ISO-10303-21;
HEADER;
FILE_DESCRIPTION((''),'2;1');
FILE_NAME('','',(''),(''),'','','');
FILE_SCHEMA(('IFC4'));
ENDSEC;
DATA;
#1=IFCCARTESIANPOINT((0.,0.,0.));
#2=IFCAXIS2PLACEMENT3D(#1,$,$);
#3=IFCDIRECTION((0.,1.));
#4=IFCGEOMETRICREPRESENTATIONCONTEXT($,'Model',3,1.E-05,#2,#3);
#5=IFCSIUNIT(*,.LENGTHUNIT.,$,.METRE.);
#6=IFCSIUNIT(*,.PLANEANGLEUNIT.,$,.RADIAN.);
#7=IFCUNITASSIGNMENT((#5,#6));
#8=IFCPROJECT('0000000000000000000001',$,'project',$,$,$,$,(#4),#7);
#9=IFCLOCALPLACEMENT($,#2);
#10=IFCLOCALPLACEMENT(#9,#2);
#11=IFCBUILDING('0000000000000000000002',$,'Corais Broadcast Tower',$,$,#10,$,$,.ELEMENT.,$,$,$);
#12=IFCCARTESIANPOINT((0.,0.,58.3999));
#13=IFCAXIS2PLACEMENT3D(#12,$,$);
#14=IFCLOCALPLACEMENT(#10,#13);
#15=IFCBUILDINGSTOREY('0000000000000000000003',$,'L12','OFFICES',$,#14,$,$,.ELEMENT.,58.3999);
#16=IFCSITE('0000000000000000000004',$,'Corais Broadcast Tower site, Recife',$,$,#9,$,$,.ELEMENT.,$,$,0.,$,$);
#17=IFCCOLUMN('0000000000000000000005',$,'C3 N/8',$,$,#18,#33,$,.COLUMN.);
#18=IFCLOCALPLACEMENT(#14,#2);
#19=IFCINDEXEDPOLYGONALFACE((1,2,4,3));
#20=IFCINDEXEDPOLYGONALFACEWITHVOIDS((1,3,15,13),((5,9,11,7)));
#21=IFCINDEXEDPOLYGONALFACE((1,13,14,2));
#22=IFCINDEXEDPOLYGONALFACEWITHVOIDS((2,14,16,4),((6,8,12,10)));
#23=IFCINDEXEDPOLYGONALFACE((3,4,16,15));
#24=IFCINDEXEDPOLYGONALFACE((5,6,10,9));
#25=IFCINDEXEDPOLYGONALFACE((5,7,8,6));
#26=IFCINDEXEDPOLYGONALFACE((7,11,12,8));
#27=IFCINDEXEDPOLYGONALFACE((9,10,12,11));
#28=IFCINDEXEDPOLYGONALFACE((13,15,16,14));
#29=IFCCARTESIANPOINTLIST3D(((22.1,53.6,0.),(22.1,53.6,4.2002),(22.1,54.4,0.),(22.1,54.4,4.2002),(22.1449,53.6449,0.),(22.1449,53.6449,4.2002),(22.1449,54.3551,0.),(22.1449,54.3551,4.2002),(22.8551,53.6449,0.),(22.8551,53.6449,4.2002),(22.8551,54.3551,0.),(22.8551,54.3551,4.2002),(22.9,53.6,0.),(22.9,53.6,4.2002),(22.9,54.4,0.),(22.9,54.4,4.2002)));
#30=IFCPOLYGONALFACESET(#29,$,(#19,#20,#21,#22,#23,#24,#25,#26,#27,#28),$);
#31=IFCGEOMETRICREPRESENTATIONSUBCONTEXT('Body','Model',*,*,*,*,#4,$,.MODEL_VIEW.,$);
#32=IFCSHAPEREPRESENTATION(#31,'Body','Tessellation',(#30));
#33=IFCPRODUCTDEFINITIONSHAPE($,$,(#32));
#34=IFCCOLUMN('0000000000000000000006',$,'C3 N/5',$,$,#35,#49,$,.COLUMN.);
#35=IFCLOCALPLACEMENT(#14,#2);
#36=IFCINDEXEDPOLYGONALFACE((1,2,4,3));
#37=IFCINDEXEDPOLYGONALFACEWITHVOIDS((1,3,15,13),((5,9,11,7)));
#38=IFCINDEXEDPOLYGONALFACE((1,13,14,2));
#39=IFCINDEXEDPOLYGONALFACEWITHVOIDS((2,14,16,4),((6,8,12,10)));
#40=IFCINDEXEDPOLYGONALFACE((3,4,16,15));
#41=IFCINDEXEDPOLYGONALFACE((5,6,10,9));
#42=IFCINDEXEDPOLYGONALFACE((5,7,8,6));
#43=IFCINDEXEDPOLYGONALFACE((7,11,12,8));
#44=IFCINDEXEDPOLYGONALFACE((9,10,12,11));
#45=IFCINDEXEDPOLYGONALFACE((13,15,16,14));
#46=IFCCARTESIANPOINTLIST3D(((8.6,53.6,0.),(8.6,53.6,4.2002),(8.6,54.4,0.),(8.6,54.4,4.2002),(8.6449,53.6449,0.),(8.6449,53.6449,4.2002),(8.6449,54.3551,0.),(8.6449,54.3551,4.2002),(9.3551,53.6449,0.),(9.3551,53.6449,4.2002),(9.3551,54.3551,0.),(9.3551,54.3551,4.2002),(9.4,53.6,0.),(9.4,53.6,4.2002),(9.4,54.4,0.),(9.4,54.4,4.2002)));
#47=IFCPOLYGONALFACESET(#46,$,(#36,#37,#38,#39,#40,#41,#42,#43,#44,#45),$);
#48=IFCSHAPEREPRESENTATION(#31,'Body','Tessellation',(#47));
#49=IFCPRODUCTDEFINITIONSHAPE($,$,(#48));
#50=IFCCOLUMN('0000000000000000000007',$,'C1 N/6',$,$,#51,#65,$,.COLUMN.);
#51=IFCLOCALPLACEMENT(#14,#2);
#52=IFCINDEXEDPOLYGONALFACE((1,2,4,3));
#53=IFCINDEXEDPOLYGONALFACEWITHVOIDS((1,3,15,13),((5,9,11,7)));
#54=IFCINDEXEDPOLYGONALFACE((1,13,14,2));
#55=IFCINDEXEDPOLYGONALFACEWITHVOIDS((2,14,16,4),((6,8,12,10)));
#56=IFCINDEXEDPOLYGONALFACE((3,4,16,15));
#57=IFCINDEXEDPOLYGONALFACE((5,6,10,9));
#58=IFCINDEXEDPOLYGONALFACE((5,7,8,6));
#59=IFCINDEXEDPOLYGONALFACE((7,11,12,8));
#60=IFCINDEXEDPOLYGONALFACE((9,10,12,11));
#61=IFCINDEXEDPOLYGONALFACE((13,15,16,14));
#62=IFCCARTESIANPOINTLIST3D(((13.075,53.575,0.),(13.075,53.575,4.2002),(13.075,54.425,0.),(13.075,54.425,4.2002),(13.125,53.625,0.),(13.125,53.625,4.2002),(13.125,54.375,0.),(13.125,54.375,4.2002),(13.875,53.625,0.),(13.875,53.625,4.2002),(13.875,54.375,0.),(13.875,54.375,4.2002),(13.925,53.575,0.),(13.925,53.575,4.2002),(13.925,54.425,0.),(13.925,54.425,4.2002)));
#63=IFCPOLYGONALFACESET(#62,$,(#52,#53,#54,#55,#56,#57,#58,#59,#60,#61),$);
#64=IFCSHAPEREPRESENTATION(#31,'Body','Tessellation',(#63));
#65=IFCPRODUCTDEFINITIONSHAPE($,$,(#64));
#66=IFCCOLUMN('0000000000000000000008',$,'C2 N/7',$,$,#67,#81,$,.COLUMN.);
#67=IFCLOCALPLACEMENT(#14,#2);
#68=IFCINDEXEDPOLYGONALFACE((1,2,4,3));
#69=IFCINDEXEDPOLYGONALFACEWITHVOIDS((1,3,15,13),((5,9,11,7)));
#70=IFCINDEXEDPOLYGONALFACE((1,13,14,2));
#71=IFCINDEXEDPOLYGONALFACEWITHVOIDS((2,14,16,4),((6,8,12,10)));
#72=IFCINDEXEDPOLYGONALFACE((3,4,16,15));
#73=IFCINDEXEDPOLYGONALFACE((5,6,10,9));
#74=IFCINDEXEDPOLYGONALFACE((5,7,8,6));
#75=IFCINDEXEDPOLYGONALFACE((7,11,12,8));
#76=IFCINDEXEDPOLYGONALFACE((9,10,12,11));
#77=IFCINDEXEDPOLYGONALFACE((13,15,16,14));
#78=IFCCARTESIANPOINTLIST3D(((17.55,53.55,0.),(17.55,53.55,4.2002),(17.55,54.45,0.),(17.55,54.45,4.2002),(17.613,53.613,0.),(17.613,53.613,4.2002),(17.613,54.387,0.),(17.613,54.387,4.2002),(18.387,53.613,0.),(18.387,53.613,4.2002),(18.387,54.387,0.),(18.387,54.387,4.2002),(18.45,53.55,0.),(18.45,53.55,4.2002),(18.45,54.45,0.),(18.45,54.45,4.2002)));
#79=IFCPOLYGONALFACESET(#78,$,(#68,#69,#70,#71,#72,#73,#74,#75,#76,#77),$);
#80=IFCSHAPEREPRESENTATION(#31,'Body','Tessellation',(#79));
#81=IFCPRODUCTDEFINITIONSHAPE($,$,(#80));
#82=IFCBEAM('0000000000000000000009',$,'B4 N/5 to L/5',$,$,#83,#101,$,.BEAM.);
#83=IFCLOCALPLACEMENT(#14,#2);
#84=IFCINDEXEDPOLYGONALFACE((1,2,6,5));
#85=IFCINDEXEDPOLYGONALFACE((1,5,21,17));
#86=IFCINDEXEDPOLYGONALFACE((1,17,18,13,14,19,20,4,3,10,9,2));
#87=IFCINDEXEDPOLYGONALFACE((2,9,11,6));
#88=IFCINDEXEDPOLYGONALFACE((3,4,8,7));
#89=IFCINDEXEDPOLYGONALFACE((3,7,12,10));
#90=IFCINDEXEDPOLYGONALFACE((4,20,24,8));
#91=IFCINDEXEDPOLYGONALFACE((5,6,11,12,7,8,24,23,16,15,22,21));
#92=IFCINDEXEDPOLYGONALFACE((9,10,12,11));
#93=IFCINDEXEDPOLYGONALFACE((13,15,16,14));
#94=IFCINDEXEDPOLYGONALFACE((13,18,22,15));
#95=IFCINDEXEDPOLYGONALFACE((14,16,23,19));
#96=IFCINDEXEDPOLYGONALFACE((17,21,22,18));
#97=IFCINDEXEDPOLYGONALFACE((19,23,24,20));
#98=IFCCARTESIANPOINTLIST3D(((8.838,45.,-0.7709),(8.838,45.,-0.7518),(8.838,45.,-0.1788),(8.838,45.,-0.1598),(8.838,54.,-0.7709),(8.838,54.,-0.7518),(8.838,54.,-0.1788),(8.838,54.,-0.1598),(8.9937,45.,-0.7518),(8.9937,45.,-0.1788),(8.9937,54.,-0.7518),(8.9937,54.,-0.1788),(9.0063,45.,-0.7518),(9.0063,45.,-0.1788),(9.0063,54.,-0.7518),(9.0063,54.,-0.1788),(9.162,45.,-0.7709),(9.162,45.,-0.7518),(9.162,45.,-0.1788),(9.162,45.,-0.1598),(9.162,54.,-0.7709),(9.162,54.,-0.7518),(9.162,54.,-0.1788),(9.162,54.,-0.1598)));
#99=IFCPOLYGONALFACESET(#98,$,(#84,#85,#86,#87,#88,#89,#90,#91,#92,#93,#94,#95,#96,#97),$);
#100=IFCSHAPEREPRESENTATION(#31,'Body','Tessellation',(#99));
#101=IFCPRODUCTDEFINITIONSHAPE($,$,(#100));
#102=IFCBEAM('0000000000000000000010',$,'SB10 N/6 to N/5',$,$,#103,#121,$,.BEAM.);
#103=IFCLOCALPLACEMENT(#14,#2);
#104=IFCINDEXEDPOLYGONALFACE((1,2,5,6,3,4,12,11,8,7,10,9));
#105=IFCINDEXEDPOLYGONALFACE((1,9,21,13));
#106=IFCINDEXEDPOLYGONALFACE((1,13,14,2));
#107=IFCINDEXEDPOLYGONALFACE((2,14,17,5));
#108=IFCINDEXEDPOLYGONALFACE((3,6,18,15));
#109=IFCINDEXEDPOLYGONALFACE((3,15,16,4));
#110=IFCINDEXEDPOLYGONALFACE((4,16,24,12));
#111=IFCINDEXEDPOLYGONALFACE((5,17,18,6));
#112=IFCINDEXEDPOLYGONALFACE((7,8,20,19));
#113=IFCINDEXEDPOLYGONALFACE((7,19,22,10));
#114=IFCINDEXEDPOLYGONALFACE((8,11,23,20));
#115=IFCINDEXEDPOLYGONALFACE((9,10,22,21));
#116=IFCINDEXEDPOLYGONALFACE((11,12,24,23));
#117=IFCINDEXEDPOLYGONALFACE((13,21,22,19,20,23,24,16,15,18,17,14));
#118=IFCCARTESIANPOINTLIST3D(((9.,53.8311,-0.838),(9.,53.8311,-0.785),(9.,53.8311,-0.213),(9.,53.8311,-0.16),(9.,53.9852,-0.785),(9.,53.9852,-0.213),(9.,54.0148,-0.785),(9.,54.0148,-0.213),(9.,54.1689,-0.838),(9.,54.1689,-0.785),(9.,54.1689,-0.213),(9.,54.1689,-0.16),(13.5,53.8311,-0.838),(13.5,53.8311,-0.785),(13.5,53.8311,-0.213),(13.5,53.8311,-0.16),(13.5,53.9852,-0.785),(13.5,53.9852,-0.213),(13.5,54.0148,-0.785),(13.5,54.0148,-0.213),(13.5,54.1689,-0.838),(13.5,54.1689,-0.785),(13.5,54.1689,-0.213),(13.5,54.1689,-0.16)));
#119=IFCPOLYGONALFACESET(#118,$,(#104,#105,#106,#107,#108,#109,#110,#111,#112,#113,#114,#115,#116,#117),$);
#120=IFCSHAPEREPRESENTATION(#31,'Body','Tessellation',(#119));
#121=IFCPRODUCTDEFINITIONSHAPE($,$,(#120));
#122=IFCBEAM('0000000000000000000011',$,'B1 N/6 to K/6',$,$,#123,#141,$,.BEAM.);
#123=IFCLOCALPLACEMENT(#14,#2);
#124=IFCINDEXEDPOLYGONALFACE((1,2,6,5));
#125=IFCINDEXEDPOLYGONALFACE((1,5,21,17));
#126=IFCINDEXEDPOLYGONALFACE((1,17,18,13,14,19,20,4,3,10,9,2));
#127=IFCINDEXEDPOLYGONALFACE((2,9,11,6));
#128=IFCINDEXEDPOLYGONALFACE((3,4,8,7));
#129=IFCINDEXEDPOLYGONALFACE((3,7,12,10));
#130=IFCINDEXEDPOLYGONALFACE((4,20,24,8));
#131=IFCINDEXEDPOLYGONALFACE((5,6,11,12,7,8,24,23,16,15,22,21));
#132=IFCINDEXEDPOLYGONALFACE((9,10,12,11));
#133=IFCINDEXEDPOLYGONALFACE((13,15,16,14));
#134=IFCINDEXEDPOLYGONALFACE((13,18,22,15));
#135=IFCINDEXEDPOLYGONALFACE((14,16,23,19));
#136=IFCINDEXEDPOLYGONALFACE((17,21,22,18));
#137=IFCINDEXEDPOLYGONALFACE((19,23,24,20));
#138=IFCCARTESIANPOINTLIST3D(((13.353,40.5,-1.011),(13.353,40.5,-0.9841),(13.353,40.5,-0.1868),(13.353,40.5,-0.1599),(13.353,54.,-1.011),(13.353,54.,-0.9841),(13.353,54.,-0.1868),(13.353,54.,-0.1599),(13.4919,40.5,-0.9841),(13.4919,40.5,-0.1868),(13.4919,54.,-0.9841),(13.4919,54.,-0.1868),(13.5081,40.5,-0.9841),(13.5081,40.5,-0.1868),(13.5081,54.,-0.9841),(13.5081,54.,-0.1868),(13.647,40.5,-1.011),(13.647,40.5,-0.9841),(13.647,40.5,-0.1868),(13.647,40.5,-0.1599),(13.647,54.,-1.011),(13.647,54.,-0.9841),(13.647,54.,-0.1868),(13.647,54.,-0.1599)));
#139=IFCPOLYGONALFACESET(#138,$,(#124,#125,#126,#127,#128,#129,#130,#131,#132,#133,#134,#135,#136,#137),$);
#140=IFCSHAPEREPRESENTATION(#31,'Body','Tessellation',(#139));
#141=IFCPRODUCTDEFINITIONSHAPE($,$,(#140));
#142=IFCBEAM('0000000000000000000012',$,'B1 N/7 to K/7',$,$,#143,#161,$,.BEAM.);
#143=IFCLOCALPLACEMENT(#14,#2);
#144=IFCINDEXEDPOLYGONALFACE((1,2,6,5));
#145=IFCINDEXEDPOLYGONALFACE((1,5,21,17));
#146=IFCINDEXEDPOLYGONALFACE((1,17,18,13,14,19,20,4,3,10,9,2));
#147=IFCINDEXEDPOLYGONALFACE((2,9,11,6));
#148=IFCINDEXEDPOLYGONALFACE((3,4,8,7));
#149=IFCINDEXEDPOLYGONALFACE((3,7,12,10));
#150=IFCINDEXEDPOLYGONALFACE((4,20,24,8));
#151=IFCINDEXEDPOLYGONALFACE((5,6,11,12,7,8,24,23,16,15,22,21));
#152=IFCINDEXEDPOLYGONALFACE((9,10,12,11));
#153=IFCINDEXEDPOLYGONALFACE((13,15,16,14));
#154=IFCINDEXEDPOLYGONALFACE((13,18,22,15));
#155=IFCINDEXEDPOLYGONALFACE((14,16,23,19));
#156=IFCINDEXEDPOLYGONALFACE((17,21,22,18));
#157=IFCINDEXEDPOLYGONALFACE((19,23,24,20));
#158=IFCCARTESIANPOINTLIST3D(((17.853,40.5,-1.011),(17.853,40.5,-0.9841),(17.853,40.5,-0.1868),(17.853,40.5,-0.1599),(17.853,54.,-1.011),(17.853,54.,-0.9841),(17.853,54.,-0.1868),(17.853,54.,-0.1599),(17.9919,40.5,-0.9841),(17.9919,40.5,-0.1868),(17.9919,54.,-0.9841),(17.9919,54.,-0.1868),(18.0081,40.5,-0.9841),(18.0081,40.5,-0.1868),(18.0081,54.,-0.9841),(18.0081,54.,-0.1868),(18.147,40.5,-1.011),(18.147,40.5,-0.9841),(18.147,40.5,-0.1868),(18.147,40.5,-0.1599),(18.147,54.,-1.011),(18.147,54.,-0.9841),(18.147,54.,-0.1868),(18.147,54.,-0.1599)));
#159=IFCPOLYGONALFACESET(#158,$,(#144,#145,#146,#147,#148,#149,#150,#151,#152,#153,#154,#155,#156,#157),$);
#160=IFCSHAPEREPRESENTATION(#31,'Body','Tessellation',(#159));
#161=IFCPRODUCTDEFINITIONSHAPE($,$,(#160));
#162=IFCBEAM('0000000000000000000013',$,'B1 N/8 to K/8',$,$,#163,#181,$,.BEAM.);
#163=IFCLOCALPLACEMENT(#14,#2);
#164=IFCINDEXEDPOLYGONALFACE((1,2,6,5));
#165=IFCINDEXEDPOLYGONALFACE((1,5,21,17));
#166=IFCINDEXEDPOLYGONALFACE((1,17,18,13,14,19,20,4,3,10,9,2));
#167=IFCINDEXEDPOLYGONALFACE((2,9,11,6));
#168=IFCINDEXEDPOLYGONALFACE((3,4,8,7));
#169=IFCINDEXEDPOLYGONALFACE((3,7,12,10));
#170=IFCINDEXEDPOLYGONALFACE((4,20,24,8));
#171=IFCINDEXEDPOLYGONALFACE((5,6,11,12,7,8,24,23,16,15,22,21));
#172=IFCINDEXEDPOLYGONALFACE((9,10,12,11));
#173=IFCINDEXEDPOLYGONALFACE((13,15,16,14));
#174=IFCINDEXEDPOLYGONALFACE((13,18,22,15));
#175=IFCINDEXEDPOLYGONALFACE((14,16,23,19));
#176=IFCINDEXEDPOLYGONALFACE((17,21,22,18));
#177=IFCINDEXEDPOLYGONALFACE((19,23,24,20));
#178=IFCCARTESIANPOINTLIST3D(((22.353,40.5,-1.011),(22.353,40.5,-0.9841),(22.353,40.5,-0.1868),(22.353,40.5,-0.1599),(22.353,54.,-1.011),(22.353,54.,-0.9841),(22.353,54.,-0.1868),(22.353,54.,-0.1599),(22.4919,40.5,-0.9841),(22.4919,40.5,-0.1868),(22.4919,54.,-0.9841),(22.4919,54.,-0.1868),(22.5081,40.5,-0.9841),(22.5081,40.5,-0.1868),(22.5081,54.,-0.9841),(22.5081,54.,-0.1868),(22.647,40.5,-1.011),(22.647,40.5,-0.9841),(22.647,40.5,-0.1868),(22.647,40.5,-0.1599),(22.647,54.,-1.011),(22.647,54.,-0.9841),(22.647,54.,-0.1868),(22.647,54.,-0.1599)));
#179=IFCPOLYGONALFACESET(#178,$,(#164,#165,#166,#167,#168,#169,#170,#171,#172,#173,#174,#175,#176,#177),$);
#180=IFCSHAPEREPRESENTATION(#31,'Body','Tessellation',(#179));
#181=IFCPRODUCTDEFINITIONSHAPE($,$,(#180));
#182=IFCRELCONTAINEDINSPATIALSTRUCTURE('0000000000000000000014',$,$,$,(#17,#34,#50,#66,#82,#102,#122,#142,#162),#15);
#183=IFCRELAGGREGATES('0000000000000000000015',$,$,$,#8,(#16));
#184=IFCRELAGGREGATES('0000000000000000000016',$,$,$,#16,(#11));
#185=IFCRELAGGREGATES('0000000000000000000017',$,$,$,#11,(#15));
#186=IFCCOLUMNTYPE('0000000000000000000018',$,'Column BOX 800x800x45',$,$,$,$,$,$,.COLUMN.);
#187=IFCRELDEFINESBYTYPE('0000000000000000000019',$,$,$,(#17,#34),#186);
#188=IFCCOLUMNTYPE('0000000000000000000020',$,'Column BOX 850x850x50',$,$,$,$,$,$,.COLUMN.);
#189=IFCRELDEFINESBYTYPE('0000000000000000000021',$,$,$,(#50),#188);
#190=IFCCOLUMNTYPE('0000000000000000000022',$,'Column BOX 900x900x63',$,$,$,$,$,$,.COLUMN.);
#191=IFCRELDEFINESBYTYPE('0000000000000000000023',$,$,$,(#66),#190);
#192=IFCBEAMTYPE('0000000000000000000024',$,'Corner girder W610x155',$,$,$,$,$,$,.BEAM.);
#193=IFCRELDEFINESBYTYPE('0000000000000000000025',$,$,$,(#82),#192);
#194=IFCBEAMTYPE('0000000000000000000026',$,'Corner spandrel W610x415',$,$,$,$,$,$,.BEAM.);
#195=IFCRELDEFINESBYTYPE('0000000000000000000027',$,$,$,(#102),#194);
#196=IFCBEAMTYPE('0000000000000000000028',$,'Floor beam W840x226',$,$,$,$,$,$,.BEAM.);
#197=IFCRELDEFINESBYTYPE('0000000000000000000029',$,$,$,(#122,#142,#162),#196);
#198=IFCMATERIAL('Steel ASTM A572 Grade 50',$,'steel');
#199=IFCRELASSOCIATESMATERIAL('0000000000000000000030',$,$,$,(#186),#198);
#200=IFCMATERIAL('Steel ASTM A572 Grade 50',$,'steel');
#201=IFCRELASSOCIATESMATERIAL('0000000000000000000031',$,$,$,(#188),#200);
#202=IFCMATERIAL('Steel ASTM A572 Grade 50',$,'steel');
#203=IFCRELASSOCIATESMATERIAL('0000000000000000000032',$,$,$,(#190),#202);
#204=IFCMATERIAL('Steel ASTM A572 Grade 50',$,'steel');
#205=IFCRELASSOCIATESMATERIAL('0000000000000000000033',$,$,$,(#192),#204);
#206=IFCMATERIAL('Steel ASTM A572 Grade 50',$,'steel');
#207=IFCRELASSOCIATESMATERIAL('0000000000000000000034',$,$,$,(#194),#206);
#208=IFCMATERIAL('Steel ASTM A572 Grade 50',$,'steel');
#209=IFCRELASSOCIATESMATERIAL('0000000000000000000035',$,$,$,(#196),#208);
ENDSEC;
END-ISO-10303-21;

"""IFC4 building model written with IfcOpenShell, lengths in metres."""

from ifc_helpers import new_model, si_unit, direction, frame, origin, origin_2d, place, context, subcontext, project, spatial, hollow_rectangle, i_section, extrude, material, material_profile, profile_set, type_object, element, save


model = new_model("IFC4")

# Units and contexts
model_context = context("Model", 3, precision=1e-05, world=origin(), true_north=direction((0.0, 1.0)))
body_context = subcontext(model_context, "Body", "Model", "MODEL_VIEW")
ifc_project = project(units=[si_unit("LENGTHUNIT", "METRE"), si_unit("PLANEANGLEUNIT", "RADIAN")], contexts=[model_context])

# Site, building, storey
site_placement = place(None, origin())
site = spatial("IfcSite", under=ifc_project, at=site_placement, Name="Corais Broadcast Tower site, Recife", CompositionType="ELEMENT", RefElevation=0.0)
building_placement = place(site_placement, origin())
building = spatial("IfcBuilding", under=site, at=building_placement, Name="Corais Broadcast Tower", CompositionType="ELEMENT")
storey_placement = place(building_placement, frame((0.0, 0.0, 58.3999)))
storey = spatial("IfcBuildingStorey", under=building, at=storey_placement, Name="L12", Description="OFFICES", CompositionType="ELEMENT", Elevation=58.3999)

# Columns
ifc_material_1 = material(Name="Steel ASTM A572 Grade 50", Category="steel")
ifc_material_profile_1 = material_profile(ifc_material_1, hollow_rectangle(XDim=0.8, YDim=0.8, WallThickness=0.0449, at=origin_2d()), Name="BOX 800x800x45")
ifc_profile_set_1 = profile_set([ifc_material_profile_1], Name="Steel ASTM A572 Grade 50")
column_type_1 = type_object("IfcColumnType", Name="Column BOX 800x800x45", PredefinedType="COLUMN", material=ifc_profile_set_1)
for number, where, z_axis, x_axis, name in (
    (1, (22.5, 54.0, 0.0), (0.0, 0.0, 1.0), (1.0, 0.0, 0.0), "C3 N/8"),
    (2, (9.0, 54.0, 0.0), (0.0, 0.0, 1.0), (1.0, 0.0, 0.0), "C3 N/5"),
):
    element("IfcColumn", number, at=place(storey_placement, frame(where, z_axis=z_axis, x_axis=x_axis)), inside=storey, type_object=column_type_1, Name=name, PredefinedType="COLUMN", context=body_context, shape_type="SweptSolid", body=[
        extrude(hollow_rectangle(XDim=0.8, YDim=0.8, WallThickness=0.0449, at=origin_2d()), origin(), (0.0, 0.0, 1.0), 4.2002),
    ])
ifc_material_2 = material(Name="Steel ASTM A572 Grade 50", Category="steel")
ifc_material_profile_2 = material_profile(ifc_material_2, hollow_rectangle(XDim=0.8501, YDim=0.8501, WallThickness=0.05, at=origin_2d()), Name="BOX 850x850x50")
ifc_profile_set_2 = profile_set([ifc_material_profile_2], Name="Steel ASTM A572 Grade 50")
column_type_2 = type_object("IfcColumnType", Name="Column BOX 850x850x50", PredefinedType="COLUMN", material=ifc_profile_set_2)
column_1_placement = place(storey_placement, frame((13.5, 54.0, 0.0), z_axis=(0.0, 0.0, 1.0), x_axis=(1.0, 0.0, 0.0)))
element("IfcColumn", 3, at=column_1_placement, inside=storey, type_object=column_type_2, Name="C1 N/6", PredefinedType="COLUMN", context=body_context, shape_type="SweptSolid", body=[
    extrude(hollow_rectangle(XDim=0.8501, YDim=0.8501, WallThickness=0.05, at=origin_2d()), origin(), (0.0, 0.0, 1.0), 4.2002),
])
ifc_material_3 = material(Name="Steel ASTM A572 Grade 50", Category="steel")
ifc_material_profile_3 = material_profile(ifc_material_3, hollow_rectangle(XDim=0.8999, YDim=0.8999, WallThickness=0.063, at=origin_2d()), Name="BOX 900x900x63")
ifc_profile_set_3 = profile_set([ifc_material_profile_3], Name="Steel ASTM A572 Grade 50")
column_type_3 = type_object("IfcColumnType", Name="Column BOX 900x900x63", PredefinedType="COLUMN", material=ifc_profile_set_3)
column_2_placement = place(storey_placement, frame((18.0, 54.0, 0.0), z_axis=(0.0, 0.0, 1.0), x_axis=(1.0, 0.0, 0.0)))
element("IfcColumn", 4, at=column_2_placement, inside=storey, type_object=column_type_3, Name="C2 N/7", PredefinedType="COLUMN", context=body_context, shape_type="SweptSolid", body=[
    extrude(hollow_rectangle(XDim=0.8999, YDim=0.8999, WallThickness=0.063, at=origin_2d()), origin(), (0.0, 0.0, 1.0), 4.2002),
])

# Beams
ifc_material_4 = material(Name="Steel ASTM A572 Grade 50", Category="steel")
ifc_material_profile_4 = material_profile(ifc_material_4, i_section(OverallWidth=0.324, OverallDepth=0.6111, WebThickness=0.0127, FlangeThickness=0.019, at=origin_2d()), Name="W610x155")
ifc_profile_set_4 = profile_set([ifc_material_profile_4], Name="Steel ASTM A572 Grade 50")
beam_type_1 = type_object("IfcBeamType", Name="Corner girder W610x155", PredefinedType="BEAM", material=ifc_profile_set_4)
beam_1_placement = place(storey_placement, frame((9.0, 54.0, -0.4653), z_axis=(0.0, -1.0, 0.0), x_axis=(1.0, 0.0, 0.0)))
element("IfcBeam", 5, at=beam_1_placement, inside=storey, type_object=beam_type_1, Name="B4 N/5 to L/5", PredefinedType="BEAM", context=body_context, shape_type="SweptSolid", body=[
    extrude(i_section(OverallWidth=0.324, OverallDepth=0.6111, WebThickness=0.0127, FlangeThickness=0.019, at=origin_2d()), origin(), (0.0, 0.0, 1.0), 9.0),
])
ifc_material_5 = material(Name="Steel ASTM A572 Grade 50", Category="steel")
ifc_material_profile_5 = material_profile(ifc_material_5, i_section(OverallWidth=0.3379, OverallDepth=0.678, WebThickness=0.0295, FlangeThickness=0.053, at=origin_2d()), Name="W610x415")
ifc_profile_set_5 = profile_set([ifc_material_profile_5], Name="Steel ASTM A572 Grade 50")
beam_type_2 = type_object("IfcBeamType", Name="Corner spandrel W610x415", PredefinedType="BEAM", material=ifc_profile_set_5)
beam_2_placement = place(storey_placement, frame((13.5, 54.0, -0.499), z_axis=(-1.0, 0.0, 0.0), x_axis=(0.0, -1.0, 0.0)))
element("IfcBeam", 6, at=beam_2_placement, inside=storey, type_object=beam_type_2, Name="SB10 N/6 to N/5", PredefinedType="BEAM", context=body_context, shape_type="SweptSolid", body=[
    extrude(i_section(OverallWidth=0.3379, OverallDepth=0.678, WebThickness=0.0295, FlangeThickness=0.053, at=origin_2d()), origin(), (0.0, 0.0, 1.0), 4.5),
])
ifc_material_6 = material(Name="Steel ASTM A572 Grade 50", Category="steel")
ifc_material_profile_6 = material_profile(ifc_material_6, i_section(OverallWidth=0.2939, OverallDepth=0.8511, WebThickness=0.0161, FlangeThickness=0.0269, at=origin_2d()), Name="W840x226")
ifc_profile_set_6 = profile_set([ifc_material_profile_6], Name="Steel ASTM A572 Grade 50")
beam_type_3 = type_object("IfcBeamType", Name="Floor beam W840x226", PredefinedType="BEAM", material=ifc_profile_set_6)
for number, where, z_axis, x_axis, name in (
    (7, (13.5, 54.0, -0.5854), (0.0, -1.0, 0.0), (1.0, 0.0, 0.0), "B1 N/6 to K/6"),
    (8, (18.0, 54.0, -0.5854), (0.0, -1.0, 0.0), (1.0, 0.0, 0.0), "B1 N/7 to K/7"),
    (9, (22.5, 54.0, -0.5854), (0.0, -1.0, 0.0), (1.0, 0.0, 0.0), "B1 N/8 to K/8"),
):
    element("IfcBeam", number, at=place(storey_placement, frame(where, z_axis=z_axis, x_axis=x_axis)), inside=storey, type_object=beam_type_3, Name=name, PredefinedType="BEAM", context=body_context, shape_type="SweptSolid", body=[
        extrude(i_section(OverallWidth=0.2939, OverallDepth=0.8511, WebThickness=0.0161, FlangeThickness=0.0269, at=origin_2d()), origin(), (0.0, 0.0, 1.0), 13.5),
    ])

save(model, "model.ifc")
